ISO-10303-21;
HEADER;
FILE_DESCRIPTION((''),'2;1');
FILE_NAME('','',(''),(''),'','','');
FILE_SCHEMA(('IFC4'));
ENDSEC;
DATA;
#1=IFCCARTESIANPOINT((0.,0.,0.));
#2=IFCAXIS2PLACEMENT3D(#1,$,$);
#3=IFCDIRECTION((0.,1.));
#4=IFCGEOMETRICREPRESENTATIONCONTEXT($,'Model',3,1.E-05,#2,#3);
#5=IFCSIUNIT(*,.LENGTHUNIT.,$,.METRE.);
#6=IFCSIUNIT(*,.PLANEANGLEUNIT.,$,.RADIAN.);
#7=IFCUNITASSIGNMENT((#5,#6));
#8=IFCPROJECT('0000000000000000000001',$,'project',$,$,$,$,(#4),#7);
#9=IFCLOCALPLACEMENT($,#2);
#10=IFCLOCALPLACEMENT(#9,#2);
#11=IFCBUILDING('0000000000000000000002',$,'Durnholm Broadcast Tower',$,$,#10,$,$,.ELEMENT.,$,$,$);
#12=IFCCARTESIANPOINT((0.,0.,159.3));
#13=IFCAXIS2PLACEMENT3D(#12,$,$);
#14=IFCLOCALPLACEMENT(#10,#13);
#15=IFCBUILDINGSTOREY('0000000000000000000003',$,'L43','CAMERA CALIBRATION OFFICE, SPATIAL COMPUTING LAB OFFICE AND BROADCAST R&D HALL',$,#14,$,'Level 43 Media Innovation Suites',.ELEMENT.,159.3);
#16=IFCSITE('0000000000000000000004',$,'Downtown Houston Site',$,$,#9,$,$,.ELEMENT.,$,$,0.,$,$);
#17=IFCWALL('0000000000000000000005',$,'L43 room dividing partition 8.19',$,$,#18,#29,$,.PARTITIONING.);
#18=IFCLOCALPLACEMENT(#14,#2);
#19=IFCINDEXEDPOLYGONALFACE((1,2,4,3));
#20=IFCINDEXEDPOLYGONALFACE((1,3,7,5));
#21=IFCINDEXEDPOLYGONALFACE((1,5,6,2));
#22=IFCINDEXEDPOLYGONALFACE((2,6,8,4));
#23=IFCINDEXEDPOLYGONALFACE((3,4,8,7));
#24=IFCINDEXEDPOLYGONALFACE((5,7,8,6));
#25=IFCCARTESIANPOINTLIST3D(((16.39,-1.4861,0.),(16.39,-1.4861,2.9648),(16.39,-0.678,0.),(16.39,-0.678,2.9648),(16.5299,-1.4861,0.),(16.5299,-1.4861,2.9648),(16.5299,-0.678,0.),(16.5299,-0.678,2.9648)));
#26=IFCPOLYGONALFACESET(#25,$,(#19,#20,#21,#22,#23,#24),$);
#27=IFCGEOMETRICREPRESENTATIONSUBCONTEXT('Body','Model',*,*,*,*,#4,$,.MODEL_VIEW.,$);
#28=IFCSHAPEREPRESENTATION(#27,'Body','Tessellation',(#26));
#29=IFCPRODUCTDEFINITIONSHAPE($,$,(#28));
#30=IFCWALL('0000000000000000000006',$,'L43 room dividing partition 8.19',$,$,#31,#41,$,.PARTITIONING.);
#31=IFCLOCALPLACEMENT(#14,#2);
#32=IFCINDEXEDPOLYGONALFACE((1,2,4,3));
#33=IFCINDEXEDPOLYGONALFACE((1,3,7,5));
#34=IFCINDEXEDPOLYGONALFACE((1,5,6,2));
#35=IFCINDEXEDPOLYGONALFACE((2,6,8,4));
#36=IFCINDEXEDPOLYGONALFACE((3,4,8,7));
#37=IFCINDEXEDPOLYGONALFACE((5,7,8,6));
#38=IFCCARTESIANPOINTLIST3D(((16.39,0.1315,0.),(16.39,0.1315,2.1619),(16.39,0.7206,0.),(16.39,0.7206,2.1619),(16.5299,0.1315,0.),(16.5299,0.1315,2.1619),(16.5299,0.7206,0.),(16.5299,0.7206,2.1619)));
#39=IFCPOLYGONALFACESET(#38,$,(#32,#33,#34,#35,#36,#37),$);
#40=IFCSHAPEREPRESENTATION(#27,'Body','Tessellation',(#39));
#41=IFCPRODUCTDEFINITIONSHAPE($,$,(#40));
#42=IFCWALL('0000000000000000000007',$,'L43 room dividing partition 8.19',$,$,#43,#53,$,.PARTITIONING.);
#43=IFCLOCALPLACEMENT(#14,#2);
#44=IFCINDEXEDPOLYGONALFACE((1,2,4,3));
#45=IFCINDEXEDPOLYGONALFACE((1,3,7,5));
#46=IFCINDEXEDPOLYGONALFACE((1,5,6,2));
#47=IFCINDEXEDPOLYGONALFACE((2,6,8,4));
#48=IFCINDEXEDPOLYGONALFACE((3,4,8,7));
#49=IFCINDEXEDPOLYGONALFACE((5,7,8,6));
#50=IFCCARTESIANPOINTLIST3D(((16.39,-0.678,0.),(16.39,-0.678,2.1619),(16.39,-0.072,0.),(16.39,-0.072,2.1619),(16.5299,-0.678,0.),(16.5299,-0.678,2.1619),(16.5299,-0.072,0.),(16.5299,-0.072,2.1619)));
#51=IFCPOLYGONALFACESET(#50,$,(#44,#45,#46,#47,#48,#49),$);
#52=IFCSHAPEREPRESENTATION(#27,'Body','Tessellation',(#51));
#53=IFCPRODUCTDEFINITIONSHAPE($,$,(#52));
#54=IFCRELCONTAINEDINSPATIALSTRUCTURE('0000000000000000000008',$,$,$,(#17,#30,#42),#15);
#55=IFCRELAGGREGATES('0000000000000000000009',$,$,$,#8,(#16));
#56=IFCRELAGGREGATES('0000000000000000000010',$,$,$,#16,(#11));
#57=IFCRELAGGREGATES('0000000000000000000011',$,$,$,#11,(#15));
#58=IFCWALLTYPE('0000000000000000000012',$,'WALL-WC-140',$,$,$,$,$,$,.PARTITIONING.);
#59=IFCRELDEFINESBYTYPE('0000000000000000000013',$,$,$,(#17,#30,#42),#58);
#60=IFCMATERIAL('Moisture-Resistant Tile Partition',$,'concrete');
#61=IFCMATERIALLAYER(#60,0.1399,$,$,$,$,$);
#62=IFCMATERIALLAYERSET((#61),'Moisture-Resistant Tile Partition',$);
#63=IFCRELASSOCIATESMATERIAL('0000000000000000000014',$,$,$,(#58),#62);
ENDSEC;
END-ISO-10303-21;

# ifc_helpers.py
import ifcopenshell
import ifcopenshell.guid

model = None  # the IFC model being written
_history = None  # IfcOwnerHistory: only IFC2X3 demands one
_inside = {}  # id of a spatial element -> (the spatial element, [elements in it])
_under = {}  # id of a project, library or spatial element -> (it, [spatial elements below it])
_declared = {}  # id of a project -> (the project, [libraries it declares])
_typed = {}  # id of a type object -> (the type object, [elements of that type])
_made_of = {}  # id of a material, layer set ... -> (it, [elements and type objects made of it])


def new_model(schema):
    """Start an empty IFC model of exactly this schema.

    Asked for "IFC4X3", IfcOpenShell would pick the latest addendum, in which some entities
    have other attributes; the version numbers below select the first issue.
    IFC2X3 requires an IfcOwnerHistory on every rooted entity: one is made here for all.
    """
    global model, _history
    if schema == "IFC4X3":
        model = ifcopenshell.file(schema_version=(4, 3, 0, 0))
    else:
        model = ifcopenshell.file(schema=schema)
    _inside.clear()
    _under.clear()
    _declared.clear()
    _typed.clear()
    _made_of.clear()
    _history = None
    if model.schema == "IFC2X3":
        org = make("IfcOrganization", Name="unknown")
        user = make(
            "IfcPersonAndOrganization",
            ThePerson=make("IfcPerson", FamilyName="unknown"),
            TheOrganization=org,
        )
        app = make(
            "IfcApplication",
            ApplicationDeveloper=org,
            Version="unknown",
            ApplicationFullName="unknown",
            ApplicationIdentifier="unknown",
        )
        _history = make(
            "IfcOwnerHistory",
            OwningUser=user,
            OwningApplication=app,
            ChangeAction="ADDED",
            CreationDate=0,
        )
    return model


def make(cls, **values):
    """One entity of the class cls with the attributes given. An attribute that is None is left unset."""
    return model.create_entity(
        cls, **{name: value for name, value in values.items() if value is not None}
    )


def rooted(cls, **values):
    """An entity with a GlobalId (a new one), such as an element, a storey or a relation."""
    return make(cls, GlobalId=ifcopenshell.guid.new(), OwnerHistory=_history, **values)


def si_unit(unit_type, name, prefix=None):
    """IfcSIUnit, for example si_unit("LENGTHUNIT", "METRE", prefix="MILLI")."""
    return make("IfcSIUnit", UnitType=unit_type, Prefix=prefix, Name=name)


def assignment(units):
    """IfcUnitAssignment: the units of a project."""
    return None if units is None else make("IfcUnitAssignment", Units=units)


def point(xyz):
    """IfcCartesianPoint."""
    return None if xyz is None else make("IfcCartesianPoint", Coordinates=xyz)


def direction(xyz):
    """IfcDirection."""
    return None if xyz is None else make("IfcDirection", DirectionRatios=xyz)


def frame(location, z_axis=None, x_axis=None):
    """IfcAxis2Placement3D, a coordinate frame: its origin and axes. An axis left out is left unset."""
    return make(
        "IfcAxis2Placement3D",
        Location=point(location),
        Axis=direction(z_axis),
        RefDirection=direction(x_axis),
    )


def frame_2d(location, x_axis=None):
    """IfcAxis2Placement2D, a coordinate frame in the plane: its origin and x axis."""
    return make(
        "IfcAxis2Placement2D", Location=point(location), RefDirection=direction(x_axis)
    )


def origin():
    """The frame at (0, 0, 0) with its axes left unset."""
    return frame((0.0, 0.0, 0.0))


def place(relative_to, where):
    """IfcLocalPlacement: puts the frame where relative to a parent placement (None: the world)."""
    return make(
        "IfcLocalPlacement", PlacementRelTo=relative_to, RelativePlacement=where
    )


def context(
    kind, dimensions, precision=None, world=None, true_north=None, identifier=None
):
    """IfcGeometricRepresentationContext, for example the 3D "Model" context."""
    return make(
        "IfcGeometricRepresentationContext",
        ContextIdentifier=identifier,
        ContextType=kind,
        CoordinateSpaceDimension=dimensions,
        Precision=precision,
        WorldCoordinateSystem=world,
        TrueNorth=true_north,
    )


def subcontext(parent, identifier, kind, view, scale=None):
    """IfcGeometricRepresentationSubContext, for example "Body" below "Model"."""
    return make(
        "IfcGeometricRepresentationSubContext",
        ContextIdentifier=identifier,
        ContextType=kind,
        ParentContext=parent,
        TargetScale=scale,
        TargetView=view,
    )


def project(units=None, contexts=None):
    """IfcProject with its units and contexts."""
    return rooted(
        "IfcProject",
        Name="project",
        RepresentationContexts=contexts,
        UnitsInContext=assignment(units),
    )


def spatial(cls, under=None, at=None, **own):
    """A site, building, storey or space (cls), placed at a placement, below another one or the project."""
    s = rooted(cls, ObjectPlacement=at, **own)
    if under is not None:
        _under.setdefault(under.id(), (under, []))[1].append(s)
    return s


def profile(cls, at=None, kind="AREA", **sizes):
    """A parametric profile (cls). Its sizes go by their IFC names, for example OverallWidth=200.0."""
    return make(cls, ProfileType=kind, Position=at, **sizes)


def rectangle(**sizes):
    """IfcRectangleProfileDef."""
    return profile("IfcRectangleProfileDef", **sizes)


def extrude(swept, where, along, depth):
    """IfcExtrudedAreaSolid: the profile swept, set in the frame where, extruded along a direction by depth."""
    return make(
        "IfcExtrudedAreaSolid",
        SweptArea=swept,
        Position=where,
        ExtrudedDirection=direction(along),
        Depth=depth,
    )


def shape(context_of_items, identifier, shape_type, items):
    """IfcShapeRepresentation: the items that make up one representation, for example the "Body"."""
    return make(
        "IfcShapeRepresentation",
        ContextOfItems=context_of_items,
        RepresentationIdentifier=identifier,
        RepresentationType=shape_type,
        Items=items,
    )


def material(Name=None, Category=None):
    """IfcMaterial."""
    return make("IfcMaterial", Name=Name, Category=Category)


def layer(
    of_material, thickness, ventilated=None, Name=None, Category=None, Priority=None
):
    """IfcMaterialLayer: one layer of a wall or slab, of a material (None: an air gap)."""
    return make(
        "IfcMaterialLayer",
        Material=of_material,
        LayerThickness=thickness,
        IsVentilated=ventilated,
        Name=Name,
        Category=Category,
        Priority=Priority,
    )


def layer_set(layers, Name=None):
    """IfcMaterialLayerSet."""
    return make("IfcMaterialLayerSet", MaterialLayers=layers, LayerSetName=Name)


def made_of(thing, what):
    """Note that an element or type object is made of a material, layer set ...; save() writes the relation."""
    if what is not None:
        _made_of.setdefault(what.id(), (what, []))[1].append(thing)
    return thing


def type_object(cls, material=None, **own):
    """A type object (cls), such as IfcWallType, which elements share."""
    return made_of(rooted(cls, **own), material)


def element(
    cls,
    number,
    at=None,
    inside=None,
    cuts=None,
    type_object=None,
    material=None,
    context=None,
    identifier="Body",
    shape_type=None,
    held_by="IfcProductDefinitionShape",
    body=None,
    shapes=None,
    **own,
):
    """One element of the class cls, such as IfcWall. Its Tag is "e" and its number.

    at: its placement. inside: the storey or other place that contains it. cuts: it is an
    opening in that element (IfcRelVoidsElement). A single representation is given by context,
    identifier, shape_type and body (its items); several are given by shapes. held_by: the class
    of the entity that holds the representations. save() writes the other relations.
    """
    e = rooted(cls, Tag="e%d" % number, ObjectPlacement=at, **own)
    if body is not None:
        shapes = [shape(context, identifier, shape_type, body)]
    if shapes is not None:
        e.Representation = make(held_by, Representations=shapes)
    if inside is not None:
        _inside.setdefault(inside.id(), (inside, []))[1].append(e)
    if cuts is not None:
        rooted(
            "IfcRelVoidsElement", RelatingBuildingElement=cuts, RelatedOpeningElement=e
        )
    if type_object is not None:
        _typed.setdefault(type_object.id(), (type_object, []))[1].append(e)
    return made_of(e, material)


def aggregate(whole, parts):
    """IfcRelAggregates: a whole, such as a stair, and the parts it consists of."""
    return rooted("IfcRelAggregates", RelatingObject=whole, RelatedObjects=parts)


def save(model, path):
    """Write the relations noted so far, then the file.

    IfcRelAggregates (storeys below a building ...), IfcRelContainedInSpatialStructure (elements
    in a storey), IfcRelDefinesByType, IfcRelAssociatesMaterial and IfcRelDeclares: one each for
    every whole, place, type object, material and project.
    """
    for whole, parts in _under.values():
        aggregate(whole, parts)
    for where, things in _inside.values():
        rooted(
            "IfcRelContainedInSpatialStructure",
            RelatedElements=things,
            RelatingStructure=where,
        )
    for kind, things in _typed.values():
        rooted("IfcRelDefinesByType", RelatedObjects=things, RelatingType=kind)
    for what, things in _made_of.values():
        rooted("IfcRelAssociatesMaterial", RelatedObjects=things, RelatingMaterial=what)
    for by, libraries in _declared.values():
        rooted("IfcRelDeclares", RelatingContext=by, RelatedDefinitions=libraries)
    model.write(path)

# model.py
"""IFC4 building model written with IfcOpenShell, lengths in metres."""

from ifc_helpers import new_model, si_unit, direction, frame, frame_2d, origin, place, context, subcontext, project, spatial, rectangle, extrude, material, layer, layer_set, type_object, element, save


model = new_model("IFC4")

# Units and contexts
model_context = context("Model", 3, precision=1e-05, world=origin(), true_north=direction((0.0, 1.0)))
body_context = subcontext(model_context, "Body", "Model", "MODEL_VIEW")
ifc_project = project(units=[si_unit("LENGTHUNIT", "METRE"), si_unit("PLANEANGLEUNIT", "RADIAN")], contexts=[model_context])

# Site, building, storey
site_placement = place(None, origin())
site = spatial("IfcSite", under=ifc_project, at=site_placement, Name="Downtown Houston Site", CompositionType="ELEMENT", RefElevation=0.0)
building_placement = place(site_placement, origin())
building = spatial("IfcBuilding", under=site, at=building_placement, Name="Durnholm Broadcast Tower", CompositionType="ELEMENT")
storey_placement = place(building_placement, frame((0.0, 0.0, 159.3)))
storey = spatial("IfcBuildingStorey", under=building, at=storey_placement, Name="L43", Description="CAMERA CALIBRATION OFFICE, SPATIAL COMPUTING LAB OFFICE AND BROADCAST R&D HALL", LongName="Level 43 Media Innovation Suites", CompositionType="ELEMENT", Elevation=159.3)

# Walls
ifc_material_1 = material(Name="Moisture-Resistant Tile Partition", Category="concrete")
ifc_layer_1 = layer(ifc_material_1, 0.1399)
ifc_layer_set_1 = layer_set([ifc_layer_1], Name="Moisture-Resistant Tile Partition")
wall_type_1 = type_object("IfcWallType", Name="WALL-WC-140", PredefinedType="PARTITIONING", material=ifc_layer_set_1)
wall_1_placement = place(storey_placement, frame((16.46, -0.678, 0.0), z_axis=(0.0, 0.0, 1.0), x_axis=(0.0, -1.0, 0.0)))
element("IfcWall", 1, at=wall_1_placement, inside=storey, type_object=wall_type_1, Name="L43 room dividing partition 8.19", PredefinedType="PARTITIONING", context=body_context, shape_type="SweptSolid", body=[
    extrude(rectangle(XDim=0.8081, YDim=0.1399, at=frame_2d((0.4041, 0.0))), origin(), (0.0, 0.0, 1.0), 2.9648),
])
wall_2_placement = place(storey_placement, frame((16.46, 0.7205, 0.0), z_axis=(0.0, 0.0, 1.0), x_axis=(0.0, -1.0, 0.0)))
element("IfcWall", 2, at=wall_2_placement, inside=storey, type_object=wall_type_1, Name="L43 room dividing partition 8.19", PredefinedType="PARTITIONING", context=body_context, shape_type="SweptSolid", body=[
    extrude(rectangle(XDim=0.5891, YDim=0.1399, at=frame_2d((0.2944, 0.0))), origin(), (0.0, 0.0, 1.0), 2.1619),
])
wall_3_placement = place(storey_placement, frame((16.46, -0.072, 0.0), z_axis=(0.0, 0.0, 1.0), x_axis=(0.0, -1.0, 0.0)))
element("IfcWall", 3, at=wall_3_placement, inside=storey, type_object=wall_type_1, Name="L43 room dividing partition 8.19", PredefinedType="PARTITIONING", context=body_context, shape_type="SweptSolid", body=[
    extrude(rectangle(XDim=0.606, YDim=0.1399, at=frame_2d((0.303, 0.0))), origin(), (0.0, 0.0, 1.0), 2.1619),
])

save(model, "model.ifc")
